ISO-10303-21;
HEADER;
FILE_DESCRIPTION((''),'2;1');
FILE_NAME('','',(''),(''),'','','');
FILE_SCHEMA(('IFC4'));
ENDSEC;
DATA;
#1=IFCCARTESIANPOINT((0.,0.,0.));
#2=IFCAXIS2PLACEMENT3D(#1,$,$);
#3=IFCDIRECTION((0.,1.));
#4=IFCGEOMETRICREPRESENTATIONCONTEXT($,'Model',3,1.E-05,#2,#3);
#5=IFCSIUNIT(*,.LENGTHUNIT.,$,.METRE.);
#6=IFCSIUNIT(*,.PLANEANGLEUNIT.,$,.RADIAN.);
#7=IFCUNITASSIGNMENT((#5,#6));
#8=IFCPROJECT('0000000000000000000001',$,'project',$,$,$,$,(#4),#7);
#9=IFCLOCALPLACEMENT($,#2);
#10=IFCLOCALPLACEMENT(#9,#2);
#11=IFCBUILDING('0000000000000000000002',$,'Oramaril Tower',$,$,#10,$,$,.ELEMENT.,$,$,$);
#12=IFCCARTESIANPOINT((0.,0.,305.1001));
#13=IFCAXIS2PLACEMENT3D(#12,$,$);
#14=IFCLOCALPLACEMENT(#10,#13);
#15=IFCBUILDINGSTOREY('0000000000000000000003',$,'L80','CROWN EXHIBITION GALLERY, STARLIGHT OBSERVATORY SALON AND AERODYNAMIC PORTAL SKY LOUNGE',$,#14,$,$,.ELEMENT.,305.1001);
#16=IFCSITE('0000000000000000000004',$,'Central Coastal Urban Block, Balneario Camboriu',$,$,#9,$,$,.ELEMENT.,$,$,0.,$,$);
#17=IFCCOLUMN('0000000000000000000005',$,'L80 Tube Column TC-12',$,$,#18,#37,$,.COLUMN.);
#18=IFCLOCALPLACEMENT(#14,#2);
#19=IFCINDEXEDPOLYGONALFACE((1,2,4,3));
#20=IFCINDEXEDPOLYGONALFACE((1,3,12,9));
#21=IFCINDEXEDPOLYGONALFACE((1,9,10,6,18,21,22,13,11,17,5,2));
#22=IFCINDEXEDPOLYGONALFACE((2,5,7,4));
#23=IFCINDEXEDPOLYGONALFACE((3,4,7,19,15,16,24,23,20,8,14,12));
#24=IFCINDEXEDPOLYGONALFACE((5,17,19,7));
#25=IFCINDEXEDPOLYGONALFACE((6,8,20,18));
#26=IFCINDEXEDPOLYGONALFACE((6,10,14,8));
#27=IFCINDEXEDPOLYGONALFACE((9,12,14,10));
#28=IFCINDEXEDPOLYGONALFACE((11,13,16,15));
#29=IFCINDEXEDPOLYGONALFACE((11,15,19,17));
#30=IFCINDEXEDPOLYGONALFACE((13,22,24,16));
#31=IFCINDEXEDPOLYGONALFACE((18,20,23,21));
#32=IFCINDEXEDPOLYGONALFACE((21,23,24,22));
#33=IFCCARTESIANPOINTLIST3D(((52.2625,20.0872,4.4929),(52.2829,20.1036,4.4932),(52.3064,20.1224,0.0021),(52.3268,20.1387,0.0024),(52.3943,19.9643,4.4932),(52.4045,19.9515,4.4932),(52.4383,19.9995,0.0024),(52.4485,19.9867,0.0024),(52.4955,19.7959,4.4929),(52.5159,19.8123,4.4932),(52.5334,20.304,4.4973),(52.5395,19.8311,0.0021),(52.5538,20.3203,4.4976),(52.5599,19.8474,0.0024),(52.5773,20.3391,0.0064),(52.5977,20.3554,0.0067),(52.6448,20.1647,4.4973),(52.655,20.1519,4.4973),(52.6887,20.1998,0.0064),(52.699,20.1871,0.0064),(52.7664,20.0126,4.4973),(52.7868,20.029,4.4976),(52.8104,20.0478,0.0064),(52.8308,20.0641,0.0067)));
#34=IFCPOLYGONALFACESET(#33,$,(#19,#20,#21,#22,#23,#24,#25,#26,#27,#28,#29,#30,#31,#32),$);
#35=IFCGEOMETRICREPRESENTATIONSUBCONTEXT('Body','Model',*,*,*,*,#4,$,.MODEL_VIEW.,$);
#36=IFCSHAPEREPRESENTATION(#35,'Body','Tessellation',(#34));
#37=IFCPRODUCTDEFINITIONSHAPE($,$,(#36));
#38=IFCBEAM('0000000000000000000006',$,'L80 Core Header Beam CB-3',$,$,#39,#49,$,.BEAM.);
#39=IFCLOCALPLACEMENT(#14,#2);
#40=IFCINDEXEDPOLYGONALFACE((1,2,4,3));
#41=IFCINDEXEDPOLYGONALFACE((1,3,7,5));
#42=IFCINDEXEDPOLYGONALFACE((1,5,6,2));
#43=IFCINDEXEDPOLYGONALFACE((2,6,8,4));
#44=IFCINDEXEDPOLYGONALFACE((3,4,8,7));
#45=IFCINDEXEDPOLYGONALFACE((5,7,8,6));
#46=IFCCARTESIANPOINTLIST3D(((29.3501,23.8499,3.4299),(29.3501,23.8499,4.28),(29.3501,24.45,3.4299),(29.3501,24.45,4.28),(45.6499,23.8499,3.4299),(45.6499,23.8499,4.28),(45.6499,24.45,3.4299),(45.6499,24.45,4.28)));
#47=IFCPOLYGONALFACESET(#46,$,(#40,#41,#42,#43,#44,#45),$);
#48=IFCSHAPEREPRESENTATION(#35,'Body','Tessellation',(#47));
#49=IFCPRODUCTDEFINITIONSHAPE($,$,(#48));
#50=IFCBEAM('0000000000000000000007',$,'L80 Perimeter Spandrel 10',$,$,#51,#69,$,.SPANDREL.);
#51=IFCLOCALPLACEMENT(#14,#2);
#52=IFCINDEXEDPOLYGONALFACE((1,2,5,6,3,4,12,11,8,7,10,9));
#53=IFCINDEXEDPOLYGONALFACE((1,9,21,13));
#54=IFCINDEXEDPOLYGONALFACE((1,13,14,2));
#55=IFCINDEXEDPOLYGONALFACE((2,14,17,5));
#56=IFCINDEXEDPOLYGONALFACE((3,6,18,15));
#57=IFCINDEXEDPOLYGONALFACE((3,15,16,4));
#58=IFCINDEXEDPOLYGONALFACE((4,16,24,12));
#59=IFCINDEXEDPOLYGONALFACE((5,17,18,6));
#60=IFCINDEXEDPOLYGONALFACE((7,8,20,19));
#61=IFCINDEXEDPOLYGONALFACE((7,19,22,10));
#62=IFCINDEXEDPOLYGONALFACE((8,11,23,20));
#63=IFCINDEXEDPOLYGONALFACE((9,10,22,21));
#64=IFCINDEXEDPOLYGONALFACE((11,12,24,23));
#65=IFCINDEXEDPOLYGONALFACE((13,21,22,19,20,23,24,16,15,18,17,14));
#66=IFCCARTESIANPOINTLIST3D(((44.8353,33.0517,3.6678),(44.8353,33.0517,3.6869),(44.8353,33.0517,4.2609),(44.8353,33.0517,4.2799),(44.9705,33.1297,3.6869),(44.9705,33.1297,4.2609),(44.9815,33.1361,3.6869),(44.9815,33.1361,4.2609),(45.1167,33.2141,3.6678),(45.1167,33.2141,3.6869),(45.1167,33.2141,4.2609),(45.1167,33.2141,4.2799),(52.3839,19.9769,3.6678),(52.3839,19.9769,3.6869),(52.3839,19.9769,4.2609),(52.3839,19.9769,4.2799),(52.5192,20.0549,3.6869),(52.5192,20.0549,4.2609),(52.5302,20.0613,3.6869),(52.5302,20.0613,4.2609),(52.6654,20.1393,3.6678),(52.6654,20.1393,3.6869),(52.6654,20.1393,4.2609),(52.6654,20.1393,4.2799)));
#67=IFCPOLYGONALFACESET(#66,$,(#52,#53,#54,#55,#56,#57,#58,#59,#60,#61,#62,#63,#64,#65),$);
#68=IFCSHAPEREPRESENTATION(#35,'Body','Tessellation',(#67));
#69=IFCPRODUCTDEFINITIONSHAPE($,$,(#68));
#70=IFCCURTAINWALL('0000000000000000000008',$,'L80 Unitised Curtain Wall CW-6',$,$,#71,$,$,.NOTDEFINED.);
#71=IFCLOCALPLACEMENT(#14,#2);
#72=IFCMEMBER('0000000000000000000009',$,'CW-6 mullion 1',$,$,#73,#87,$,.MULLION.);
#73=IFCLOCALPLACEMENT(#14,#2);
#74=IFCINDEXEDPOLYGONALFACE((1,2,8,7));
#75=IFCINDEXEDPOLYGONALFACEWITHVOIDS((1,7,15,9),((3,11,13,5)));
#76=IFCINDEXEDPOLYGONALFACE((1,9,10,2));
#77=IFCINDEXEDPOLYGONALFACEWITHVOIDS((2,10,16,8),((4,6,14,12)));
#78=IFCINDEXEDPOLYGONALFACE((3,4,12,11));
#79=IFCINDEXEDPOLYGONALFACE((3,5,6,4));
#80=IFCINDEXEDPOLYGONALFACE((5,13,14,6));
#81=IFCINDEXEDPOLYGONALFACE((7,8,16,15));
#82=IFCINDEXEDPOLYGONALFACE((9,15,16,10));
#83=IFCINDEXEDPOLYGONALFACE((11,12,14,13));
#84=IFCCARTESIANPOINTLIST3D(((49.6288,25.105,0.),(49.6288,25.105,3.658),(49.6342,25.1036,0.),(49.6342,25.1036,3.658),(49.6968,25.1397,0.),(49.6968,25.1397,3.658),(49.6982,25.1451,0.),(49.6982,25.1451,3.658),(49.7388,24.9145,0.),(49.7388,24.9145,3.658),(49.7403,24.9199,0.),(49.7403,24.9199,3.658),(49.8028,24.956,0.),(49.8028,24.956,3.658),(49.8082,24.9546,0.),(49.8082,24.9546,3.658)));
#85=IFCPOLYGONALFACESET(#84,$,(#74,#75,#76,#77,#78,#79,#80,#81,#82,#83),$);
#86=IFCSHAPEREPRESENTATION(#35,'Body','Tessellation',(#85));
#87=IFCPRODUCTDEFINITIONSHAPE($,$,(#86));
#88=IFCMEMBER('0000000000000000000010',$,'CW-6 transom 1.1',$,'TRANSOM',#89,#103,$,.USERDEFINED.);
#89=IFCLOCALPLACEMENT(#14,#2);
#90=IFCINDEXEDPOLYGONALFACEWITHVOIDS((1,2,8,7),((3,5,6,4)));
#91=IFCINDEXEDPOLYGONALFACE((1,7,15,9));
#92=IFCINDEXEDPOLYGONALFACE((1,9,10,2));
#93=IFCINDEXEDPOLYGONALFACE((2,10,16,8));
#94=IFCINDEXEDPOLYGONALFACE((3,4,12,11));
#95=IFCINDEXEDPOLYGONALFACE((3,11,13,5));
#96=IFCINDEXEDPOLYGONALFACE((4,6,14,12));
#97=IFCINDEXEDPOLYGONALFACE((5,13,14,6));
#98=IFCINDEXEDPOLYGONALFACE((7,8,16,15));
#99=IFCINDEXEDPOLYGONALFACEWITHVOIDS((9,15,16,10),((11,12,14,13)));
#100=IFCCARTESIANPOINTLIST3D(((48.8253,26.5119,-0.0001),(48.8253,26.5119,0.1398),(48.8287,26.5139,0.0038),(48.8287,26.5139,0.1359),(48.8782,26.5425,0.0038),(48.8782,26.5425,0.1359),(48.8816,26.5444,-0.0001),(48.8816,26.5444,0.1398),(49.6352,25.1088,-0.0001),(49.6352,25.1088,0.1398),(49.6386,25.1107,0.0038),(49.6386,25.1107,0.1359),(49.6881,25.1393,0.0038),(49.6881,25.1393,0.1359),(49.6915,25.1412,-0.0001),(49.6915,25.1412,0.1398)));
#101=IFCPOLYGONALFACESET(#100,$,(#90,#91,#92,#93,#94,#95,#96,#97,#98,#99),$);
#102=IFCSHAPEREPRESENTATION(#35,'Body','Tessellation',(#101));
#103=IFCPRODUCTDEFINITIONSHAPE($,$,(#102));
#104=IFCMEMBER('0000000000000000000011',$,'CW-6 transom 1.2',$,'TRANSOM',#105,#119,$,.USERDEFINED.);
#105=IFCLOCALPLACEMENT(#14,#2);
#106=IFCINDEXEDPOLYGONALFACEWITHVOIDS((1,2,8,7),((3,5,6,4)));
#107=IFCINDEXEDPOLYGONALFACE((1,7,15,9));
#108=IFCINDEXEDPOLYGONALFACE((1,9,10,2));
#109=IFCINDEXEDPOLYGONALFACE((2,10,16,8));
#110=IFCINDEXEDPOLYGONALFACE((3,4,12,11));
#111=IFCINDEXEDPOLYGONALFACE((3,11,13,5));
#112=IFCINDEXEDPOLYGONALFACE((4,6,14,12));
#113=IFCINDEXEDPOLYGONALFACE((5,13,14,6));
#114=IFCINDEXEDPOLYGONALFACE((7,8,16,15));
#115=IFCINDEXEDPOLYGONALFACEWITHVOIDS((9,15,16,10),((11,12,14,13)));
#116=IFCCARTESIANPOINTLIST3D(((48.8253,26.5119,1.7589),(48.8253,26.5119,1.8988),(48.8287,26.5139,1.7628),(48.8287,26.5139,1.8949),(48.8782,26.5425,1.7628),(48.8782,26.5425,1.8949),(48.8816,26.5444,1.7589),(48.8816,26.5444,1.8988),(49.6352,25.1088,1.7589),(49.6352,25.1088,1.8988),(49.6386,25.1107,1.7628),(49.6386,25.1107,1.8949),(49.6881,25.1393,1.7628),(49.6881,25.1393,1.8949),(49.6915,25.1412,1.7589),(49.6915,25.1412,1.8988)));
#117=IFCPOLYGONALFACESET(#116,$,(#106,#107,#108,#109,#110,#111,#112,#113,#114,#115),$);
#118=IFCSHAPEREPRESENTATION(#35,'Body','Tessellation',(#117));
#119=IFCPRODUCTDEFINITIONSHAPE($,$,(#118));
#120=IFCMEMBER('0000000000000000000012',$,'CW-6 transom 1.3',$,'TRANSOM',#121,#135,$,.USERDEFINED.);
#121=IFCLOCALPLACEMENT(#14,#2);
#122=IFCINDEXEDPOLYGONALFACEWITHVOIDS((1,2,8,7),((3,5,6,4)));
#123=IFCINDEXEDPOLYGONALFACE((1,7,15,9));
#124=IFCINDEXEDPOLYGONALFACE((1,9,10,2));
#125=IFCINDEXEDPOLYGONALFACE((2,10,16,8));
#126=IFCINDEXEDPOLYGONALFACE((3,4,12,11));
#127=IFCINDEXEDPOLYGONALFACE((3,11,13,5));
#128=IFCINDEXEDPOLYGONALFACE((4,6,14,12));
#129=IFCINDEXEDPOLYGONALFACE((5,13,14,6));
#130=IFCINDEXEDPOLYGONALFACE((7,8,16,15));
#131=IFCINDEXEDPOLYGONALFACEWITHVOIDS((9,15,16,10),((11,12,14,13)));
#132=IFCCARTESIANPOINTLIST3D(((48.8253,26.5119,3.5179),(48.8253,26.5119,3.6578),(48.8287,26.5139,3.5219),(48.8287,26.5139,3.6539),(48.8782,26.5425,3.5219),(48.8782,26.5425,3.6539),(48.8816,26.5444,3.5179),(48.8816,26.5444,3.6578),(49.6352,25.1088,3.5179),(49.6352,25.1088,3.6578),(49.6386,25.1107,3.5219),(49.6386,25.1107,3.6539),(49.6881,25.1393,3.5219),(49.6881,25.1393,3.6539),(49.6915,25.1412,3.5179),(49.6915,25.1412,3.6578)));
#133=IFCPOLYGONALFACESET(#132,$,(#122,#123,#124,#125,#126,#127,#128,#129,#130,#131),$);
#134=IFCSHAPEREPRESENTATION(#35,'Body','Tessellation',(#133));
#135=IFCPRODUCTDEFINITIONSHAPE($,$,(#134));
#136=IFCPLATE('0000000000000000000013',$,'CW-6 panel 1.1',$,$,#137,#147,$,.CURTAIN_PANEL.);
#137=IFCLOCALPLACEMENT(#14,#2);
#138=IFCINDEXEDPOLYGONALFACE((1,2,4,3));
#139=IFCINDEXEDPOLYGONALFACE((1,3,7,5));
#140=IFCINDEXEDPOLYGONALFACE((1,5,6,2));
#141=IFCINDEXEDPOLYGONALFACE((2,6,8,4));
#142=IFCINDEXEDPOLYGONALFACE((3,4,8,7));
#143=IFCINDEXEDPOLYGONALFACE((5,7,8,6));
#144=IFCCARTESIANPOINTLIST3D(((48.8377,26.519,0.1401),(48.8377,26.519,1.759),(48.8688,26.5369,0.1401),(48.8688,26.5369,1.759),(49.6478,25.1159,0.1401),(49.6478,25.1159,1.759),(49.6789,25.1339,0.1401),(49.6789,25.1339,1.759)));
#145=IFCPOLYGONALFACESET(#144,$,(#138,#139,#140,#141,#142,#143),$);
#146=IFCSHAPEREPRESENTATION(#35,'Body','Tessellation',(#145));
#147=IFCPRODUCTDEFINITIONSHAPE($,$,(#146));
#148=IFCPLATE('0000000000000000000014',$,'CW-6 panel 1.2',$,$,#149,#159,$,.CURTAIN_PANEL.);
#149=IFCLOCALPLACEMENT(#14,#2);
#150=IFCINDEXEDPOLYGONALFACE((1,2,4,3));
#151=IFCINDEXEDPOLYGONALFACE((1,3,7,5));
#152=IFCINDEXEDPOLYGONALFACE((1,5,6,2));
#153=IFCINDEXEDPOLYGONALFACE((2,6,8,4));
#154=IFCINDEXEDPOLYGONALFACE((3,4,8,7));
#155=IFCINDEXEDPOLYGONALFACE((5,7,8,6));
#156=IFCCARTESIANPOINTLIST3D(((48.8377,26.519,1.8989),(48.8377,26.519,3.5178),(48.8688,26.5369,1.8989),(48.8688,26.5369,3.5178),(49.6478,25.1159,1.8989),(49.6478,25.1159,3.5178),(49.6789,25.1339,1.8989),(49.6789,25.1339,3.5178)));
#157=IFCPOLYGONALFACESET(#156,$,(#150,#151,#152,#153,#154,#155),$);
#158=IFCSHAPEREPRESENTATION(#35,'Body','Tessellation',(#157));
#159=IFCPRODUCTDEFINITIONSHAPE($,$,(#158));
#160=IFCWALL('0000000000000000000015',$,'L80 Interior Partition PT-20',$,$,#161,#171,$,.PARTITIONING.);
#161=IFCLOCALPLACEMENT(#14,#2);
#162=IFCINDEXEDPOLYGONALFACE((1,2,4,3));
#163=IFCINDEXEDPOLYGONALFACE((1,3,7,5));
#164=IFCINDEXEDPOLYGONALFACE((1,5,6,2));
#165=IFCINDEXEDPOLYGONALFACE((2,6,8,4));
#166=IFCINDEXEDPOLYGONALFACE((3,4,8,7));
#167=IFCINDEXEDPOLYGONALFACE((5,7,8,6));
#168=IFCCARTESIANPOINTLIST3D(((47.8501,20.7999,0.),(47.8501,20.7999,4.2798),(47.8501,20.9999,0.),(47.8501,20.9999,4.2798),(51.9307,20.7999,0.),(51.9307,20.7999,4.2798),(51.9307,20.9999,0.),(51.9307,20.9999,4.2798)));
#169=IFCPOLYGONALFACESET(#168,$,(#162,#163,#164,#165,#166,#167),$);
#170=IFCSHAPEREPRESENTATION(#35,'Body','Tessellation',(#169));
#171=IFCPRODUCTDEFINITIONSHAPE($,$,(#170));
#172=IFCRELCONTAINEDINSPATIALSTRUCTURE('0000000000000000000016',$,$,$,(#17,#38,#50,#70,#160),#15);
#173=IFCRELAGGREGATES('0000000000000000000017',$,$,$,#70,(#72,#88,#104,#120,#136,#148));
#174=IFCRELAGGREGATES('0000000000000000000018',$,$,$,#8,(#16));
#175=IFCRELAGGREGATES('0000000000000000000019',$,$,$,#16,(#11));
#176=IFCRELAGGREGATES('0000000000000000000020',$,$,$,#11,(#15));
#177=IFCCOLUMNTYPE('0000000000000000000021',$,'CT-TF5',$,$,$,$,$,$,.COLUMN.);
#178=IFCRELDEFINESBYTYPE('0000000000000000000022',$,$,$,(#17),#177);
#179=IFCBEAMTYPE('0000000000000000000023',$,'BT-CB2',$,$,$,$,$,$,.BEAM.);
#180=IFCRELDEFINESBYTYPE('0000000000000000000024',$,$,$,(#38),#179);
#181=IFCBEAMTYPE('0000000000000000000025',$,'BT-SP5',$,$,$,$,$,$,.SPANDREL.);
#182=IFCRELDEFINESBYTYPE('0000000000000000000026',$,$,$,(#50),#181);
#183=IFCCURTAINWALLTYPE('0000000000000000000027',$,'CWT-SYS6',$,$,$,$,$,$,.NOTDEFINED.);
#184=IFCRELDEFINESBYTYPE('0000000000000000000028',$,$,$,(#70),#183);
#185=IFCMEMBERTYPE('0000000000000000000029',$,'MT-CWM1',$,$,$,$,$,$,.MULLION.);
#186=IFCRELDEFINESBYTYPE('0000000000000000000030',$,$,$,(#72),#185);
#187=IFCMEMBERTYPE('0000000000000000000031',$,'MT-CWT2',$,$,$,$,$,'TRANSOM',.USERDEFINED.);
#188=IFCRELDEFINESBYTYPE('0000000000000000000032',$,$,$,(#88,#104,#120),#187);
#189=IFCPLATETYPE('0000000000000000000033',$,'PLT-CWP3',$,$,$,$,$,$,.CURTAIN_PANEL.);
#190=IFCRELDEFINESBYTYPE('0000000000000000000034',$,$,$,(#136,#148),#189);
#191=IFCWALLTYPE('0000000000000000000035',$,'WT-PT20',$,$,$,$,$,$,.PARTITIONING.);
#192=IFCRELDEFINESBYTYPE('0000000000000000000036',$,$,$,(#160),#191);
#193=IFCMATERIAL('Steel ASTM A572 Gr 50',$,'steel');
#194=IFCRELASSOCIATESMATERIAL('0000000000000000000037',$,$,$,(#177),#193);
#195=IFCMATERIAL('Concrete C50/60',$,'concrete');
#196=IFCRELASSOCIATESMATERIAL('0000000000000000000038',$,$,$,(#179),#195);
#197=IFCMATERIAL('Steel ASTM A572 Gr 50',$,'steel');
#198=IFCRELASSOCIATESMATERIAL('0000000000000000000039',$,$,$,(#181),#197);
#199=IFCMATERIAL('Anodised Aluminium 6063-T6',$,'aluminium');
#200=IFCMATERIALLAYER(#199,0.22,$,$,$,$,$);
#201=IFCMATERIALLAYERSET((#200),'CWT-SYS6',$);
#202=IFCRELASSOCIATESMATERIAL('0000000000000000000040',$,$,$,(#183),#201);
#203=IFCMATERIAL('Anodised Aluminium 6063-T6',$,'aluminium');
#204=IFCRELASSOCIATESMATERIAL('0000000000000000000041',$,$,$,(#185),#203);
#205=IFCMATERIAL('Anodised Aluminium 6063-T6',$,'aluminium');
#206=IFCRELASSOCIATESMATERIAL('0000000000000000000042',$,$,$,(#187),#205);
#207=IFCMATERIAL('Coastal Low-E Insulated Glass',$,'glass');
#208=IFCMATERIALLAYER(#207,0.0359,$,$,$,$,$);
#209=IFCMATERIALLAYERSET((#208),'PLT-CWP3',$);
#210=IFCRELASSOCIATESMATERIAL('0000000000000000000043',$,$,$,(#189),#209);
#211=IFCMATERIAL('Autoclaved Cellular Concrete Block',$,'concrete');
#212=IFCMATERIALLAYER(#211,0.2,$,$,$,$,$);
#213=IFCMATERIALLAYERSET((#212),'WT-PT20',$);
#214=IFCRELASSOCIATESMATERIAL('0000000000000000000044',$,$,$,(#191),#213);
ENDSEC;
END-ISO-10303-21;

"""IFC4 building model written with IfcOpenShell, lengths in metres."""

from ifc_helpers import new_model, si_unit, direction, frame, frame_2d, origin, origin_2d, place, context, subcontext, project, spatial, rectangle, hollow_rectangle, i_section, extrude, material, layer, layer_set, material_profile, profile_set, type_object, element, aggregate, save


model = new_model("IFC4")

# Units and contexts
model_context = context("Model", 3, precision=1e-05, world=origin(), true_north=direction((0.0, 1.0)))
body_context = subcontext(model_context, "Body", "Model", "MODEL_VIEW")
ifc_project = project(units=[si_unit("LENGTHUNIT", "METRE"), si_unit("PLANEANGLEUNIT", "RADIAN")], contexts=[model_context])

# Site, building, storey
site_placement = place(None, origin())
site = spatial("IfcSite", under=ifc_project, at=site_placement, Name="Central Coastal Urban Block, Balneario Camboriu", CompositionType="ELEMENT", RefElevation=0.0)
building_placement = place(site_placement, origin())
building = spatial("IfcBuilding", under=site, at=building_placement, Name="Oramaril Tower", CompositionType="ELEMENT")
storey_placement = place(building_placement, frame((0.0, 0.0, 305.1001)))
storey = spatial("IfcBuildingStorey", under=building, at=storey_placement, Name="L80", Description="CROWN EXHIBITION GALLERY, STARLIGHT OBSERVATORY SALON AND AERODYNAMIC PORTAL SKY LOUNGE", CompositionType="ELEMENT", Elevation=305.1001)

# Column
ifc_material_1 = material(Name="Steel ASTM A572 Gr 50", Category="steel")
ifc_material_profile_1 = material_profile(ifc_material_1, i_section(OverallWidth=0.373, OverallDepth=0.373, WebThickness=0.0164, FlangeThickness=0.0261, at=origin_2d()), Name="W14X132")
ifc_profile_set_1 = profile_set([ifc_material_profile_1], Name="Steel ASTM A572 Gr 50")
column_type = type_object("IfcColumnType", Name="CT-TF5", PredefinedType="COLUMN", material=ifc_profile_set_1)
column_placement = place(storey_placement, frame((52.5686, 20.0933, 0.0044), z_axis=(-0.009784, -0.007828, 0.999921), x_axis=(0.624695, -0.780869, 0.0)))
element("IfcColumn", 1, at=column_placement, inside=storey, type_object=column_type, Name="L80 Tube Column TC-12", PredefinedType="COLUMN", context=body_context, shape_type="SweptSolid", body=[
    extrude(i_section(OverallWidth=0.373, OverallDepth=0.373, WebThickness=0.0164, FlangeThickness=0.0261, at=origin_2d()), origin(), (0.0, 0.0, 1.0), 4.4912),
])

# Beams
ifc_material_2 = material(Name="Concrete C50/60", Category="concrete")
ifc_material_profile_2 = material_profile(ifc_material_2, rectangle(XDim=0.6001, YDim=0.8501, at=origin_2d()), Name="CB600X850")
ifc_profile_set_2 = profile_set([ifc_material_profile_2], Name="Concrete C50/60")
beam_type_1 = type_object("IfcBeamType", Name="BT-CB2", PredefinedType="BEAM", material=ifc_profile_set_2)
beam_1_placement = place(storey_placement, frame((45.6499, 24.1499, 3.855), z_axis=(-1.0, 0.0, 0.0), x_axis=(0.0, -1.0, 0.0)))
element("IfcBeam", 2, at=beam_1_placement, inside=storey, type_object=beam_type_1, Name="L80 Core Header Beam CB-3", PredefinedType="BEAM", context=body_context, shape_type="SweptSolid", body=[
    extrude(rectangle(XDim=0.6001, YDim=0.8501, at=origin_2d()), origin(), (0.0, 0.0, 1.0), 16.2998),
])
ifc_material_3 = material(Name="Steel ASTM A572 Gr 50", Category="steel")
ifc_material_profile_3 = material_profile(ifc_material_3, i_section(OverallWidth=0.325, OverallDepth=0.6121, WebThickness=0.0127, FlangeThickness=0.019, at=origin_2d()), Name="W24X104")
ifc_profile_set_3 = profile_set([ifc_material_profile_3], Name="Steel ASTM A572 Gr 50")
beam_type_2 = type_object("IfcBeamType", Name="BT-SP5", PredefinedType="SPANDREL", material=ifc_profile_set_3)
beam_2_placement = place(storey_placement, frame((52.5247, 20.0581, 3.9739), z_axis=(-0.499995, 0.866028, 0.0), x_axis=(-0.866028, -0.499995, 0.0)))
element("IfcBeam", 3, at=beam_2_placement, inside=storey, type_object=beam_type_2, Name="L80 Perimeter Spandrel 10", PredefinedType="SPANDREL", context=body_context, shape_type="SweptSolid", body=[
    extrude(i_section(OverallWidth=0.325, OverallDepth=0.6121, WebThickness=0.0127, FlangeThickness=0.019, at=origin_2d()), origin(), (0.0, 0.0, 1.0), 15.0974),
])

# Curtain wall, members, plates
ifc_material_4 = material(Name="Anodised Aluminium 6063-T6", Category="aluminium")
ifc_layer_1 = layer(ifc_material_4, 0.22)
ifc_layer_set_1 = layer_set([ifc_layer_1], Name="CWT-SYS6")
curtain_wall_type = type_object("IfcCurtainWallType", Name="CWT-SYS6", PredefinedType="NOTDEFINED", material=ifc_layer_set_1)
curtain_wall_placement = place(storey_placement, origin())
curtain_wall = element("IfcCurtainWall", 4, at=curtain_wall_placement, inside=storey, type_object=curtain_wall_type, Name="L80 Unitised Curtain Wall CW-6", PredefinedType="NOTDEFINED")
ifc_material_5 = material(Name="Anodised Aluminium 6063-T6", Category="aluminium")
ifc_material_profile_4 = material_profile(ifc_material_5, hollow_rectangle(XDim=0.0801, YDim=0.22, WallThickness=0.0039, at=origin_2d()), Name="CWM220X80")
ifc_profile_set_4 = profile_set([ifc_material_profile_4], Name="Anodised Aluminium 6063-T6")
member_type_1 = type_object("IfcMemberType", Name="MT-CWM1", PredefinedType="MULLION", material=ifc_profile_set_4)
member_1_placement = place(storey_placement, frame((49.7185, 25.0298, 0.0), z_axis=(0.0, 0.0, 1.0), x_axis=(-0.866025, -0.5, 0.0)))
member_1 = element("IfcMember", 5, at=member_1_placement, type_object=member_type_1, Name="CW-6 mullion 1", PredefinedType="MULLION", context=body_context, shape_type="SweptSolid", body=[
    extrude(hollow_rectangle(XDim=0.0801, YDim=0.22, WallThickness=0.0039, at=origin_2d()), origin(), (0.0, 0.0, 1.0), 3.658),
])
ifc_material_6 = material(Name="Anodised Aluminium 6063-T6", Category="aluminium")
ifc_material_profile_5 = material_profile(ifc_material_6, hollow_rectangle(XDim=0.0649, YDim=0.1399, WallThickness=0.0039, at=origin_2d()), Name="CWT140X65")
ifc_profile_set_5 = profile_set([ifc_material_profile_5], Name="Anodised Aluminium 6063-T6")
member_type_2 = type_object("IfcMemberType", Name="MT-CWT2", ElementType="TRANSOM", PredefinedType="USERDEFINED", material=ifc_profile_set_5)
member_2_placement = place(storey_placement, frame((49.6633, 25.125, 0.0698), z_axis=(-0.499883, 0.866093, 0.0), x_axis=(-0.866093, -0.499883, 0.0)))
member_2 = element("IfcMember", 6, at=member_2_placement, type_object=member_type_2, Name="CW-6 transom 1.1", ObjectType="TRANSOM", PredefinedType="USERDEFINED", context=body_context, shape_type="SweptSolid", body=[
    extrude(hollow_rectangle(XDim=0.0649, YDim=0.1399, WallThickness=0.0039, at=origin_2d()), origin(), (0.0, 0.0, 1.0), 1.6201),
])
member_3_placement = place(storey_placement, frame((49.6633, 25.125, 1.8289), z_axis=(-0.499883, 0.866093, 0.0), x_axis=(-0.866093, -0.499883, 0.0)))
member_3 = element("IfcMember", 7, at=member_3_placement, type_object=member_type_2, Name="CW-6 transom 1.2", ObjectType="TRANSOM", PredefinedType="USERDEFINED", context=body_context, shape_type="SweptSolid", body=[
    extrude(hollow_rectangle(XDim=0.0649, YDim=0.1399, WallThickness=0.0039, at=origin_2d()), origin(), (0.0, 0.0, 1.0), 1.6201),
])
member_4_placement = place(storey_placement, frame((49.6633, 25.125, 3.5879), z_axis=(-0.499883, 0.866093, 0.0), x_axis=(-0.866093, -0.499883, 0.0)))
member_4 = element("IfcMember", 8, at=member_4_placement, type_object=member_type_2, Name="CW-6 transom 1.3", ObjectType="TRANSOM", PredefinedType="USERDEFINED", context=body_context, shape_type="SweptSolid", body=[
    extrude(hollow_rectangle(XDim=0.0649, YDim=0.1399, WallThickness=0.0039, at=origin_2d()), origin(), (0.0, 0.0, 1.0), 1.6201),
])
ifc_material_7 = material(Name="Coastal Low-E Insulated Glass", Category="glass")
ifc_layer_2 = layer(ifc_material_7, 0.0359)
ifc_layer_set_2 = layer_set([ifc_layer_2], Name="PLT-CWP3")
plate_type = type_object("IfcPlateType", Name="PLT-CWP3", PredefinedType="CURTAIN_PANEL", material=ifc_layer_set_2)
plate_1_placement = place(storey_placement, frame((49.2583, 25.8264, 0.1401), z_axis=(0.0, 0.0, 1.0), x_axis=(-0.5, 0.866025, 0.0)))
plate_1 = element("IfcPlate", 9, at=plate_1_placement, type_object=plate_type, Name="CW-6 panel 1.1", PredefinedType="CURTAIN_PANEL", context=body_context, shape_type="SweptSolid", body=[
    extrude(rectangle(XDim=1.6201, YDim=0.0359, at=origin_2d()), origin(), (0.0, 0.0, 1.0), 1.6189),
])
plate_2_placement = place(storey_placement, frame((49.2583, 25.8264, 1.8989), z_axis=(0.0, 0.0, 1.0), x_axis=(-0.5, 0.866025, 0.0)))
plate_2 = element("IfcPlate", 10, at=plate_2_placement, type_object=plate_type, Name="CW-6 panel 1.2", PredefinedType="CURTAIN_PANEL", context=body_context, shape_type="SweptSolid", body=[
    extrude(rectangle(XDim=1.6201, YDim=0.0359, at=origin_2d()), origin(), (0.0, 0.0, 1.0), 1.6189),
])
aggregate(curtain_wall, [member_1, member_2, member_3, member_4, plate_1, plate_2])

# Wall
ifc_material_8 = material(Name="Autoclaved Cellular Concrete Block", Category="concrete")
ifc_layer_3 = layer(ifc_material_8, 0.2)
ifc_layer_set_3 = layer_set([ifc_layer_3], Name="WT-PT20")
wall_type = type_object("IfcWallType", Name="WT-PT20", PredefinedType="PARTITIONING", material=ifc_layer_set_3)
wall_1_placement = place(storey_placement, frame((47.8501, 20.8999, 0.0), z_axis=(0.0, 0.0, 1.0), x_axis=(1.0, 0.0, 0.0)))
element("IfcWall", 11, at=wall_1_placement, inside=storey, type_object=wall_type, Name="L80 Interior Partition PT-20", PredefinedType="PARTITIONING", context=body_context, shape_type="SweptSolid", body=[
    extrude(rectangle(XDim=4.0806, YDim=0.2, at=frame_2d((2.0403, 0.0))), origin(), (0.0, 0.0, 1.0), 4.2798),
])

save(model, "model.ifc")
